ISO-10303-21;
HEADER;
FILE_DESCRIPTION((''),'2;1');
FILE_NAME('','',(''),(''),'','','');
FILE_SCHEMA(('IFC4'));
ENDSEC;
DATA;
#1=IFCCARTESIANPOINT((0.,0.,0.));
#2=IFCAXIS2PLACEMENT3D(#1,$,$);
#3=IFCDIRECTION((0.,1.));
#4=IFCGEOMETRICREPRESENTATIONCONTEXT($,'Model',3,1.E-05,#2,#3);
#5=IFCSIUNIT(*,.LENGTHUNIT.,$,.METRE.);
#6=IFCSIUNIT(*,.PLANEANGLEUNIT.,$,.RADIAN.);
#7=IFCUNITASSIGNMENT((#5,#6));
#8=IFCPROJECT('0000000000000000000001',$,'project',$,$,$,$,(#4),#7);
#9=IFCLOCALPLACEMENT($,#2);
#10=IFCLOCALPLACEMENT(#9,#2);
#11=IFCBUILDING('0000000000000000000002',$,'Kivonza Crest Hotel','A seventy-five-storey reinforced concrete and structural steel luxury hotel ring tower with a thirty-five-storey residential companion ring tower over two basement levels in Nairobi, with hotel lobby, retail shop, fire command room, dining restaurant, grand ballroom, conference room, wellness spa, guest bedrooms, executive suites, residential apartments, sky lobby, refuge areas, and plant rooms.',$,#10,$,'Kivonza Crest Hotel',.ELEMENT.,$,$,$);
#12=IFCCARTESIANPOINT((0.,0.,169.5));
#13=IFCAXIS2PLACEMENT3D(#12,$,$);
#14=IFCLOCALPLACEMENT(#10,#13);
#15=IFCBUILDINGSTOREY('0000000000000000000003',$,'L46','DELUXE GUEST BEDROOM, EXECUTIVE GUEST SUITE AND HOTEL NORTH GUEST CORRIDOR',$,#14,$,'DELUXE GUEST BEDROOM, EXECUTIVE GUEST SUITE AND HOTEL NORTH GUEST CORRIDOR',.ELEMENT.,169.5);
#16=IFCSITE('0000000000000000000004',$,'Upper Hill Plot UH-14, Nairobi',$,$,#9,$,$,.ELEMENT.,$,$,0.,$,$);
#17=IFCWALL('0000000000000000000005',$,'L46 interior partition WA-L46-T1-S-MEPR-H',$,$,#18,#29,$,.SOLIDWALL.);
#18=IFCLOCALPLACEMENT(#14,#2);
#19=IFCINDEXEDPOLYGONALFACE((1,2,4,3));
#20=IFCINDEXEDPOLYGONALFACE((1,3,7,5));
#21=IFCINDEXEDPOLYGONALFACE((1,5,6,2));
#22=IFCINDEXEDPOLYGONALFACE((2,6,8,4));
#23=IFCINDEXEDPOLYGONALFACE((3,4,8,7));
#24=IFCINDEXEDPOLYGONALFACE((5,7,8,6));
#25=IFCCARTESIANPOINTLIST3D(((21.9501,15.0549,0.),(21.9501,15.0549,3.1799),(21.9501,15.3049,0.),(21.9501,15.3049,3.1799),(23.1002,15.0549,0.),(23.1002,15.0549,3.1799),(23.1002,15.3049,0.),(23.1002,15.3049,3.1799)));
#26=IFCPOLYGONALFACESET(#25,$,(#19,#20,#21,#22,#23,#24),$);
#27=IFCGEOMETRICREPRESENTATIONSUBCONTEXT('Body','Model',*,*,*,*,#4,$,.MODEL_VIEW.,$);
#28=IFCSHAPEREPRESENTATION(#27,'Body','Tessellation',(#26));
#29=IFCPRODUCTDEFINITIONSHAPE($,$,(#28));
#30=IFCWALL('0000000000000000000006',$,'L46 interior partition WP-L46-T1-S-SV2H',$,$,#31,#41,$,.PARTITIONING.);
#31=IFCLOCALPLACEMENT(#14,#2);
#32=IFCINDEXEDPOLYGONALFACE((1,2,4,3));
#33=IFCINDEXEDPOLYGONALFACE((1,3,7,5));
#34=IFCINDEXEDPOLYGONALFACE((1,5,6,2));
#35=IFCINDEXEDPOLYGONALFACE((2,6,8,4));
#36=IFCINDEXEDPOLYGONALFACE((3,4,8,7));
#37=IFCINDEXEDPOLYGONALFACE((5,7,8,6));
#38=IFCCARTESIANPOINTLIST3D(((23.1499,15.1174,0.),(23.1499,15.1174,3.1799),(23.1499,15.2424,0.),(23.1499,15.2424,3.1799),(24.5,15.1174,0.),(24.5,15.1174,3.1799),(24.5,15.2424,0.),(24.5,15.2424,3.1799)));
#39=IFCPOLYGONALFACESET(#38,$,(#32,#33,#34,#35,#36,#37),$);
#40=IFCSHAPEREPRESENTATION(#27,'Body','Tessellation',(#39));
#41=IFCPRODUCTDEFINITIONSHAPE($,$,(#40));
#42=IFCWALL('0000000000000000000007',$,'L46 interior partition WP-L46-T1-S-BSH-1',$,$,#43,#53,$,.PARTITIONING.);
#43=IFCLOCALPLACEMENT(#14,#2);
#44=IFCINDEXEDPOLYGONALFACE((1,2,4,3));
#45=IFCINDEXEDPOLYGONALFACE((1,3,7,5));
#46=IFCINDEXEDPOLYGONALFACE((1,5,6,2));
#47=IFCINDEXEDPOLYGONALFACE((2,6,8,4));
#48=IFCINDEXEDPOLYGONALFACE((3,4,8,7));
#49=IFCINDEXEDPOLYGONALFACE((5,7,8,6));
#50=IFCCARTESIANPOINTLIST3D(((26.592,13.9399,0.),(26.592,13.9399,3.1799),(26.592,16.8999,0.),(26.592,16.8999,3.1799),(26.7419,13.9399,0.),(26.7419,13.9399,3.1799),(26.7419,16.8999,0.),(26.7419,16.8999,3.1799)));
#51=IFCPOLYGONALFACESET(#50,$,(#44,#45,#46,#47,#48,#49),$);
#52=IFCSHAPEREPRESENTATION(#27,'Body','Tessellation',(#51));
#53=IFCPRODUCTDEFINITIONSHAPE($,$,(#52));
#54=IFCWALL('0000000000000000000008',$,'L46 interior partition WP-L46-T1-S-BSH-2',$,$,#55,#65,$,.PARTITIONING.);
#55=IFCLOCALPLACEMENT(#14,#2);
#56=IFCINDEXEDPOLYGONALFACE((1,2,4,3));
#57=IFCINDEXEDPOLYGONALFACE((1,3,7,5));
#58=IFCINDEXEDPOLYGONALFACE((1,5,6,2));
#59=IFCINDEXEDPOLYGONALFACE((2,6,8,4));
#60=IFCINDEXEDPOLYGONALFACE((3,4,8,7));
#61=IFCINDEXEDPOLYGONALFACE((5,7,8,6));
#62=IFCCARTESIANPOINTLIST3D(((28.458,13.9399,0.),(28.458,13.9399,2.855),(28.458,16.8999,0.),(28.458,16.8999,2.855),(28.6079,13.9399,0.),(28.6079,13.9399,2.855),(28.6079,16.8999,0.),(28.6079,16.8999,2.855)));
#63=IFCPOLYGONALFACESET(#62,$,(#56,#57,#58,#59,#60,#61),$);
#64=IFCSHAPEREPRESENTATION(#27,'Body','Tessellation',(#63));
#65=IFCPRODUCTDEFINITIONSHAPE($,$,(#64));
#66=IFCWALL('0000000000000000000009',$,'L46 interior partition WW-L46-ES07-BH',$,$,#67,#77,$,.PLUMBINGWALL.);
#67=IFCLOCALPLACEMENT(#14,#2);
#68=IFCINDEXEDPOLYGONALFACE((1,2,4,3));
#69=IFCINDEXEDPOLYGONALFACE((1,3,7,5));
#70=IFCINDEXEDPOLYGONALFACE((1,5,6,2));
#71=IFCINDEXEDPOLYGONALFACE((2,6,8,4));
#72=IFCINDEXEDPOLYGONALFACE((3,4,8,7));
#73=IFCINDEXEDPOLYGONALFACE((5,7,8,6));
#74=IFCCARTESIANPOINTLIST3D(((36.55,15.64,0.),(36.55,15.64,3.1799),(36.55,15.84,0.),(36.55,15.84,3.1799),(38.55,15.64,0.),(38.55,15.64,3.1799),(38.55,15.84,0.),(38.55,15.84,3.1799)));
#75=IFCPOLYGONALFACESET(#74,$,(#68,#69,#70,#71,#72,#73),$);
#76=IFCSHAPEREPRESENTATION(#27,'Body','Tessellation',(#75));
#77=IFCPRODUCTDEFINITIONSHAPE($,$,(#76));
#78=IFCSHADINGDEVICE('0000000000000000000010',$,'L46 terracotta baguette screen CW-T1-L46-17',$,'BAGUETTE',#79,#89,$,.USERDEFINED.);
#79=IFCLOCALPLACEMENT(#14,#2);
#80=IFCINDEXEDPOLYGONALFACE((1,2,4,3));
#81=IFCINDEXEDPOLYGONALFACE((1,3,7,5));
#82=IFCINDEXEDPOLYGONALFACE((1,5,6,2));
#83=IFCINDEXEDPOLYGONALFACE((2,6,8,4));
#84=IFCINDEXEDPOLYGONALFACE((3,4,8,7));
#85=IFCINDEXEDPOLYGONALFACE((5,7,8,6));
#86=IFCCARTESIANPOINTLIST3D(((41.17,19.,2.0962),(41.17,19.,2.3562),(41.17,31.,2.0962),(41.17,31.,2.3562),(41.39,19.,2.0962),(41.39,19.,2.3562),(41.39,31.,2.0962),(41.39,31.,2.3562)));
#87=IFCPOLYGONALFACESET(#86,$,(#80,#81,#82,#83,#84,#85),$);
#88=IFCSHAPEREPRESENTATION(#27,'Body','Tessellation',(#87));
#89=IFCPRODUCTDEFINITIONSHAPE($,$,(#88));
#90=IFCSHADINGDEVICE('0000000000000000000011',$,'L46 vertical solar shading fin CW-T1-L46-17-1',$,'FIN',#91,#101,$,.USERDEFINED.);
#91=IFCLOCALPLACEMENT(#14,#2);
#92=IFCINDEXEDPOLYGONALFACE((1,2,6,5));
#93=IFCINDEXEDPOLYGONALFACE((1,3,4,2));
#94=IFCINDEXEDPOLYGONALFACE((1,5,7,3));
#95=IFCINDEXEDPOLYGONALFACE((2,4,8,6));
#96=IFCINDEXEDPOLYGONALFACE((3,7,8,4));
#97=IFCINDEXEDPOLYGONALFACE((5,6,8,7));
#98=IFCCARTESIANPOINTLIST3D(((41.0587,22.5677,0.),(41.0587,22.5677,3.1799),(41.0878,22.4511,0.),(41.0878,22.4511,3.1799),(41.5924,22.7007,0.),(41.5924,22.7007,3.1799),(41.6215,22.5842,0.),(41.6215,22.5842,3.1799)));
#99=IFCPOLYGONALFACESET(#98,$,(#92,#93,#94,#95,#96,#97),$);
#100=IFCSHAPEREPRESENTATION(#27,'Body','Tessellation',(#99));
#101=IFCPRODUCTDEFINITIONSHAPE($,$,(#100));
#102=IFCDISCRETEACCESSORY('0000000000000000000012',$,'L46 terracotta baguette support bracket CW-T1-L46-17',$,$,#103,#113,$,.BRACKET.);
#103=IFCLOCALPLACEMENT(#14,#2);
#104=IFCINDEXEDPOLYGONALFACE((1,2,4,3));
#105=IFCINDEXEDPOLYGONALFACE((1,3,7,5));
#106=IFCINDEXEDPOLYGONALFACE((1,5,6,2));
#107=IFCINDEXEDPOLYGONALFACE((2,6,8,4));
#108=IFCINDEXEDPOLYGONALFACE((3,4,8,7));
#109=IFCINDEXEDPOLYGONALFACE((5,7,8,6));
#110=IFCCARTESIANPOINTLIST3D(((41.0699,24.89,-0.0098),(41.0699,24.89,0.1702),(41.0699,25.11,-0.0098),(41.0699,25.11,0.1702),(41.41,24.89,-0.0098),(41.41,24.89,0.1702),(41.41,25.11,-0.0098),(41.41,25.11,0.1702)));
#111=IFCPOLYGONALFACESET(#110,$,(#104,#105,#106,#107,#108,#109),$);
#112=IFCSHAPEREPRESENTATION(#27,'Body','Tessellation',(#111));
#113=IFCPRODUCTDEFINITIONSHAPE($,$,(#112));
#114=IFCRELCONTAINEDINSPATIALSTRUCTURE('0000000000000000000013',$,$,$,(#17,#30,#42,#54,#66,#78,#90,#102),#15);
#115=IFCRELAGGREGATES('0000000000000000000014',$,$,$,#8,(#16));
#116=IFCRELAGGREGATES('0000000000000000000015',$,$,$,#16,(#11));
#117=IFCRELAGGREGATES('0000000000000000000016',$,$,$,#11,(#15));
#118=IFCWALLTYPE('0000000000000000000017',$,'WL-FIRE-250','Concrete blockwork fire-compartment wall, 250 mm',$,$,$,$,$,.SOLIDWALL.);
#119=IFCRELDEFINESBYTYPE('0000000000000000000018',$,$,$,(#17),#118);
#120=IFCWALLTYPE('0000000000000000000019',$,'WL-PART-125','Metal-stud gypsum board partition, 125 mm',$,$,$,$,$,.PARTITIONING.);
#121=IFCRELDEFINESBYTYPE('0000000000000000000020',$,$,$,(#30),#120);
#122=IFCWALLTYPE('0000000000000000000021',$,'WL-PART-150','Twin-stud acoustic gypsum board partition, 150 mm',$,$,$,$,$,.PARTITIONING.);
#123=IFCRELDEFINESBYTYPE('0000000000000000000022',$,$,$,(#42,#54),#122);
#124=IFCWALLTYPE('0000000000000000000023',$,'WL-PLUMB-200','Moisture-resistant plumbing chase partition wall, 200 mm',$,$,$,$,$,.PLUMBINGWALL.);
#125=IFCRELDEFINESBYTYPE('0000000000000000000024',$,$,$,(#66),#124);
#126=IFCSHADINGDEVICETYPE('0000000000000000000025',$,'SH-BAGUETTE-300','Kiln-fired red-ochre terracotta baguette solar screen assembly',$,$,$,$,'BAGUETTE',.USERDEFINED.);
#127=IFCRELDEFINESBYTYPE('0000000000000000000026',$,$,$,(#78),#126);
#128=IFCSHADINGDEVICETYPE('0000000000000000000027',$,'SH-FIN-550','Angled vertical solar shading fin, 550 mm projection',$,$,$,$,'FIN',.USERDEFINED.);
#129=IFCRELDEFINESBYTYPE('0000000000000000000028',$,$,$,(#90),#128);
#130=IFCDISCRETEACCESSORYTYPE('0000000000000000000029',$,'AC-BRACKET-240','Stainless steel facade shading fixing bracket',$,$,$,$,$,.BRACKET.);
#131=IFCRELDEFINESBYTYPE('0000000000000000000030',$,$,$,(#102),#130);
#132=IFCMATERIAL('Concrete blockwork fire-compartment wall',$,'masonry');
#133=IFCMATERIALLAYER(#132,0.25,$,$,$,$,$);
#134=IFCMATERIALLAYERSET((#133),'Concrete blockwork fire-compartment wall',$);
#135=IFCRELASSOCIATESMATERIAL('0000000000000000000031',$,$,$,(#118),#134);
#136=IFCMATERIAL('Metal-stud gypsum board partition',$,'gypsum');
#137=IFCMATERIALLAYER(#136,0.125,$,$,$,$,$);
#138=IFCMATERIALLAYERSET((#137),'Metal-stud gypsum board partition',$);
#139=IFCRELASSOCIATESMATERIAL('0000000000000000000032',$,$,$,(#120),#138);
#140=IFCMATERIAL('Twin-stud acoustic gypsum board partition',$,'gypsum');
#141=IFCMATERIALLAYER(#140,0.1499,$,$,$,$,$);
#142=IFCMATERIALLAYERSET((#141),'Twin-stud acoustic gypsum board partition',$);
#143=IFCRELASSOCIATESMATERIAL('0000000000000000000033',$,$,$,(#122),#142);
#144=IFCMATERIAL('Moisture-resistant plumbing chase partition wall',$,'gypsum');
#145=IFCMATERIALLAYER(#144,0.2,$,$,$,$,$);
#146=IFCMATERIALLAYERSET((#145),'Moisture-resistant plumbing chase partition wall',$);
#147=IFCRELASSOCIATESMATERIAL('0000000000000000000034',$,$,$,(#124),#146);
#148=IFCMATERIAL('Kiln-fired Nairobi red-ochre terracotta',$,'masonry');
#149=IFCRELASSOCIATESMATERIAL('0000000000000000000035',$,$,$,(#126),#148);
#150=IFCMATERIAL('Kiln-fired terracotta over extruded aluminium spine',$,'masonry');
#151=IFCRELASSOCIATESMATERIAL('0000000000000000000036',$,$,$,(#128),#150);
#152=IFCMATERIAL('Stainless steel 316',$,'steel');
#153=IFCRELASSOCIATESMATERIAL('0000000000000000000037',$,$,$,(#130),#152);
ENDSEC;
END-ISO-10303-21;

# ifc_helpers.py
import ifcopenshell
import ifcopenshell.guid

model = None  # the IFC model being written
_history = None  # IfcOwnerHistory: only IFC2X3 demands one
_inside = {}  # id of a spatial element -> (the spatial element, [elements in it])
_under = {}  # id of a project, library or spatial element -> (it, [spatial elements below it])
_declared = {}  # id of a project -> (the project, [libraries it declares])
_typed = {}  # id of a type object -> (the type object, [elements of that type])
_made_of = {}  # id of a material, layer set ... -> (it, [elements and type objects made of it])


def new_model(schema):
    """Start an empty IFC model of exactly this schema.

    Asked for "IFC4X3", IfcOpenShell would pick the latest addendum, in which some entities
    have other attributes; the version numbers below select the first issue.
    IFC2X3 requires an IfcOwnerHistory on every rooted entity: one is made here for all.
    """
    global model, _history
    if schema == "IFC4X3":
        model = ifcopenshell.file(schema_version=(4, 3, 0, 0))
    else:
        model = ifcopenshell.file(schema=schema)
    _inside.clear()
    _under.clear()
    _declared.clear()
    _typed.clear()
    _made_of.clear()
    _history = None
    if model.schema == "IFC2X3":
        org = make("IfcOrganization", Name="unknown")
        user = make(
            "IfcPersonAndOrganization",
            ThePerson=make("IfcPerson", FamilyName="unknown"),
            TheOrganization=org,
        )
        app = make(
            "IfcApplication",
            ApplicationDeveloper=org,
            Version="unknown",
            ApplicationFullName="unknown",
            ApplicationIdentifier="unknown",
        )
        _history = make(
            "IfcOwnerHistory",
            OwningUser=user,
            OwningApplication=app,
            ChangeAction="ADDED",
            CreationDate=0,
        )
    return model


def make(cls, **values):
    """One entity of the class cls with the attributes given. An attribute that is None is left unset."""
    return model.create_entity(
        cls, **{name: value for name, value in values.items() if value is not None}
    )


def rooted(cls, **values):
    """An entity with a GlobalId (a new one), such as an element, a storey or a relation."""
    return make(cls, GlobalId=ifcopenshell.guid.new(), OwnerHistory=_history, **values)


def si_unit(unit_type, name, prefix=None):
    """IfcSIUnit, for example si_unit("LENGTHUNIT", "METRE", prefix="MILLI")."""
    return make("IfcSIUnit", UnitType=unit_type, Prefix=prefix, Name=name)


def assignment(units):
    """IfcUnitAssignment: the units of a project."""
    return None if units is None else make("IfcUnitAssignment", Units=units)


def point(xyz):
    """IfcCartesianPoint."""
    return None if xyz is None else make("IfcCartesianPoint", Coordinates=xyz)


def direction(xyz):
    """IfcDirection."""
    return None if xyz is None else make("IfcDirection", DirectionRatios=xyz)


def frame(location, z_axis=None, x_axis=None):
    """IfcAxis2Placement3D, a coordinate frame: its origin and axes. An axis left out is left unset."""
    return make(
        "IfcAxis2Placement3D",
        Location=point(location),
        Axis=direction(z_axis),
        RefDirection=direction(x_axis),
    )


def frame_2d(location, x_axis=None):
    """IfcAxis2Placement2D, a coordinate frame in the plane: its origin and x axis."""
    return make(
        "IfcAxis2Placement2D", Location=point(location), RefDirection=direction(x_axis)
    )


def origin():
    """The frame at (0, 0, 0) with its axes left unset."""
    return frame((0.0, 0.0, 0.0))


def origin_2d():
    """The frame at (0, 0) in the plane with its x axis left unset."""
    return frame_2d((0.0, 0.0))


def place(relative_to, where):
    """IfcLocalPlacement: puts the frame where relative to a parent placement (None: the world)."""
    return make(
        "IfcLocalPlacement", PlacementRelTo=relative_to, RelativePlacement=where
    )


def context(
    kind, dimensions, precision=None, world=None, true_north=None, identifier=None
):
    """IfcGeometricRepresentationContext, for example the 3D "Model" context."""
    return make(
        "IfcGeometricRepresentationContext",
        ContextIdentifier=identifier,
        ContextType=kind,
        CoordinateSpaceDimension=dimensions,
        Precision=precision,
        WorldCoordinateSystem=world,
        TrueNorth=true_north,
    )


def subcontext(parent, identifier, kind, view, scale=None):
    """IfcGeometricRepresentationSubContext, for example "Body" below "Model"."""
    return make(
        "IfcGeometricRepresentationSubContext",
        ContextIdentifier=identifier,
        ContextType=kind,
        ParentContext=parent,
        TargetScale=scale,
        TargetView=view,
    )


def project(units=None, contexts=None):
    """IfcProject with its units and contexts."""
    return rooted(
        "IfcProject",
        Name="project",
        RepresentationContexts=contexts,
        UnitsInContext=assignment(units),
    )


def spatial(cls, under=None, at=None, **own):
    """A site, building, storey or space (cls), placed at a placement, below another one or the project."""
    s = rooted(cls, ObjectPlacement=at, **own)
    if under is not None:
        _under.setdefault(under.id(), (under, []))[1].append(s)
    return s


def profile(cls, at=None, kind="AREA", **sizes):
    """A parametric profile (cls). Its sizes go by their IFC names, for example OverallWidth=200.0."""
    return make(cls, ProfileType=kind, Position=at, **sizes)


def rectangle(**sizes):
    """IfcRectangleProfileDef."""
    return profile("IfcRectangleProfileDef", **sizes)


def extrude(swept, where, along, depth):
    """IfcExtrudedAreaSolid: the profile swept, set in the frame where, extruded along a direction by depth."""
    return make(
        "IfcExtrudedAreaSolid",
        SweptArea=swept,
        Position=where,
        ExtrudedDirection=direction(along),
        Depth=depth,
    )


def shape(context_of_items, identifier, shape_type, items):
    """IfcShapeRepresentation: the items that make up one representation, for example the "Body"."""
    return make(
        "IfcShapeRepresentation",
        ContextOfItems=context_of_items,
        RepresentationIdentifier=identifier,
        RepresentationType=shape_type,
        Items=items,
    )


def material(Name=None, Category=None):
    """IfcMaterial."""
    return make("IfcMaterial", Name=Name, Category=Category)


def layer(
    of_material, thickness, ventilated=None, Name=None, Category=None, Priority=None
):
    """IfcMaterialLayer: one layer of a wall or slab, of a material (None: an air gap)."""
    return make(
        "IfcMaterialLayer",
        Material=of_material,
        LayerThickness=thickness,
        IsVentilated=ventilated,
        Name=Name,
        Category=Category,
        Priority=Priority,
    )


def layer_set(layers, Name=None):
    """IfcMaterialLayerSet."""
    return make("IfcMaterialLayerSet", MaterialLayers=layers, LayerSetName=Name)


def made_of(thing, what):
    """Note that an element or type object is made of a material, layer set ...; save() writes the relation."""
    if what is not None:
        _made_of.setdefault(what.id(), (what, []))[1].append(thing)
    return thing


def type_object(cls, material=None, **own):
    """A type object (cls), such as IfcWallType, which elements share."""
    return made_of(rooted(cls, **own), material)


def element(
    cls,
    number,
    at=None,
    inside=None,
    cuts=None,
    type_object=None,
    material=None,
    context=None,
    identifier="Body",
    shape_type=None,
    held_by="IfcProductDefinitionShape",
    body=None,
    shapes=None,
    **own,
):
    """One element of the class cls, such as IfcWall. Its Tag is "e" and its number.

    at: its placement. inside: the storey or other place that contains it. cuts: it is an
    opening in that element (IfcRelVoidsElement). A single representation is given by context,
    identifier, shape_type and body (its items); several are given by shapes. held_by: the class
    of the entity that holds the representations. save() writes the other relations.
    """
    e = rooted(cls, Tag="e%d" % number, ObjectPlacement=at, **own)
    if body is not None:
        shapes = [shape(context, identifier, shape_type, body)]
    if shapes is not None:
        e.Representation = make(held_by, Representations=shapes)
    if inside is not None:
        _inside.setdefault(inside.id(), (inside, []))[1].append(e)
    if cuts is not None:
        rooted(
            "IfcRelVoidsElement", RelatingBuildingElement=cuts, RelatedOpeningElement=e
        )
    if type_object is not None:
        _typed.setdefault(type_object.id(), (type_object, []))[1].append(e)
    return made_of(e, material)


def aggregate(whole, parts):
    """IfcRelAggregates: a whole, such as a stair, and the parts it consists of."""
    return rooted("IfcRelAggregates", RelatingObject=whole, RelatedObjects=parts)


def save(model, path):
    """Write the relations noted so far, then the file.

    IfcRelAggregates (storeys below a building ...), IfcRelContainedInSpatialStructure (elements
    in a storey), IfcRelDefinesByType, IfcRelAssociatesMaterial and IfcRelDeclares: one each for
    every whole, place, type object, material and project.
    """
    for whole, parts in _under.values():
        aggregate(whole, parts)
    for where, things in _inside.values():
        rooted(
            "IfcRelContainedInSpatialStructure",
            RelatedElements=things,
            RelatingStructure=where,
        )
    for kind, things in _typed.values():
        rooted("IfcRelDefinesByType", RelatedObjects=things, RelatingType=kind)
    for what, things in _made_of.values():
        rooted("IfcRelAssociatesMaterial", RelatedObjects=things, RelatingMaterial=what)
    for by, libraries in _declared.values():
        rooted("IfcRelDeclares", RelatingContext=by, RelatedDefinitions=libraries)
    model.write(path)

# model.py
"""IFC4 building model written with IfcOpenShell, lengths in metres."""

from ifc_helpers import new_model, si_unit, direction, frame, frame_2d, origin, origin_2d, place, context, subcontext, project, spatial, rectangle, extrude, material, layer, layer_set, type_object, element, save


model = new_model("IFC4")

# Units and contexts
model_context = context("Model", 3, precision=1e-05, world=origin(), true_north=direction((0.0, 1.0)))
body_context = subcontext(model_context, "Body", "Model", "MODEL_VIEW")
ifc_project = project(units=[si_unit("LENGTHUNIT", "METRE"), si_unit("PLANEANGLEUNIT", "RADIAN")], contexts=[model_context])

# Site, building, storey
site_placement = place(None, origin())
site = spatial("IfcSite", under=ifc_project, at=site_placement, Name="Upper Hill Plot UH-14, Nairobi", CompositionType="ELEMENT", RefElevation=0.0)
building_placement = place(site_placement, origin())
building = spatial("IfcBuilding", under=site, at=building_placement, Name="Kivonza Crest Hotel", Description="A seventy-five-storey reinforced concrete and structural steel luxury hotel ring tower with a thirty-five-storey residential companion ring tower over two basement levels in Nairobi, with hotel lobby, retail shop, fire command room, dining restaurant, grand ballroom, conference room, wellness spa, guest bedrooms, executive suites, residential apartments, sky lobby, refuge areas, and plant rooms.", LongName="Kivonza Crest Hotel", CompositionType="ELEMENT")
storey_placement = place(building_placement, frame((0.0, 0.0, 169.5)))
storey = spatial("IfcBuildingStorey", under=building, at=storey_placement, Name="L46", Description="DELUXE GUEST BEDROOM, EXECUTIVE GUEST SUITE AND HOTEL NORTH GUEST CORRIDOR", LongName="DELUXE GUEST BEDROOM, EXECUTIVE GUEST SUITE AND HOTEL NORTH GUEST CORRIDOR", CompositionType="ELEMENT", Elevation=169.5)

# Walls
ifc_material_1 = material(Name="Concrete blockwork fire-compartment wall", Category="masonry")
ifc_layer_1 = layer(ifc_material_1, 0.25)
ifc_layer_set_1 = layer_set([ifc_layer_1], Name="Concrete blockwork fire-compartment wall")
wall_type_1 = type_object("IfcWallType", Name="WL-FIRE-250", Description="Concrete blockwork fire-compartment wall, 250 mm", PredefinedType="SOLIDWALL", material=ifc_layer_set_1)
wall_1_placement = place(storey_placement, frame((21.95, 15.1799, 0.0), z_axis=(0.0, 0.0, 1.0), x_axis=(1.0, 0.0, 0.0)))
element("IfcWall", 1, at=wall_1_placement, inside=storey, type_object=wall_type_1, Name="L46 interior partition WA-L46-T1-S-MEPR-H", PredefinedType="SOLIDWALL", context=body_context, shape_type="SweptSolid", body=[
    extrude(rectangle(XDim=1.1501, YDim=0.25, at=frame_2d((0.5752, 0.0))), origin(), (0.0, 0.0, 1.0), 3.1799),
])
ifc_material_2 = material(Name="Metal-stud gypsum board partition", Category="gypsum")
ifc_layer_2 = layer(ifc_material_2, 0.125)
ifc_layer_set_2 = layer_set([ifc_layer_2], Name="Metal-stud gypsum board partition")
wall_type_2 = type_object("IfcWallType", Name="WL-PART-125", Description="Metal-stud gypsum board partition, 125 mm", PredefinedType="PARTITIONING", material=ifc_layer_set_2)
wall_2_placement = place(storey_placement, frame((23.1499, 15.1799, 0.0), z_axis=(0.0, 0.0, 1.0), x_axis=(1.0, 0.0, 0.0)))
element("IfcWall", 2, at=wall_2_placement, inside=storey, type_object=wall_type_2, Name="L46 interior partition WP-L46-T1-S-SV2H", PredefinedType="PARTITIONING", context=body_context, shape_type="SweptSolid", body=[
    extrude(rectangle(XDim=1.3501, YDim=0.125, at=frame_2d((0.675, 0.0))), origin(), (0.0, 0.0, 1.0), 3.1799),
])
ifc_material_3 = material(Name="Twin-stud acoustic gypsum board partition", Category="gypsum")
ifc_layer_3 = layer(ifc_material_3, 0.1499)
ifc_layer_set_3 = layer_set([ifc_layer_3], Name="Twin-stud acoustic gypsum board partition")
wall_type_3 = type_object("IfcWallType", Name="WL-PART-150", Description="Twin-stud acoustic gypsum board partition, 150 mm", PredefinedType="PARTITIONING", material=ifc_layer_set_3)
wall_3_placement = place(storey_placement, frame((26.667, 13.9399, 0.0), z_axis=(0.0, 0.0, 1.0), x_axis=(0.0, 1.0, 0.0)))
element("IfcWall", 3, at=wall_3_placement, inside=storey, type_object=wall_type_3, Name="L46 interior partition WP-L46-T1-S-BSH-1", PredefinedType="PARTITIONING", context=body_context, shape_type="SweptSolid", body=[
    extrude(rectangle(XDim=2.96, YDim=0.1499, at=frame_2d((1.48, 0.0))), origin(), (0.0, 0.0, 1.0), 3.1799),
])
wall_4_placement = place(storey_placement, frame((28.533, 13.9399, 0.0), z_axis=(0.0, 0.0, 1.0), x_axis=(0.0, 1.0, 0.0)))
element("IfcWall", 4, at=wall_4_placement, inside=storey, type_object=wall_type_3, Name="L46 interior partition WP-L46-T1-S-BSH-2", PredefinedType="PARTITIONING", context=body_context, shape_type="SweptSolid", body=[
    extrude(rectangle(XDim=2.96, YDim=0.1499, at=frame_2d((1.48, 0.0))), origin(), (0.0, 0.0, 1.0), 2.855),
])
ifc_material_4 = material(Name="Moisture-resistant plumbing chase partition wall", Category="gypsum")
ifc_layer_4 = layer(ifc_material_4, 0.2)
ifc_layer_set_4 = layer_set([ifc_layer_4], Name="Moisture-resistant plumbing chase partition wall")
wall_type_4 = type_object("IfcWallType", Name="WL-PLUMB-200", Description="Moisture-resistant plumbing chase partition wall, 200 mm", PredefinedType="PLUMBINGWALL", material=ifc_layer_set_4)
wall_5_placement = place(storey_placement, frame((36.55, 15.74, 0.0), z_axis=(0.0, 0.0, 1.0), x_axis=(1.0, 0.0, 0.0)))
element("IfcWall", 5, at=wall_5_placement, inside=storey, type_object=wall_type_4, Name="L46 interior partition WW-L46-ES07-BH", PredefinedType="PLUMBINGWALL", context=body_context, shape_type="SweptSolid", body=[
    extrude(rectangle(XDim=2.0, YDim=0.2, at=frame_2d((1.0, 0.0))), origin(), (0.0, 0.0, 1.0), 3.1799),
])

# Shading devices
ifc_material_5 = material(Name="Kiln-fired Nairobi red-ochre terracotta", Category="masonry")
shading_device_type_1 = type_object("IfcShadingDeviceType", Name="SH-BAGUETTE-300", Description="Kiln-fired red-ochre terracotta baguette solar screen assembly", ElementType="BAGUETTE", PredefinedType="USERDEFINED", material=ifc_material_5)
shading_device_1_placement = place(storey_placement, frame((41.28, 25.0, 2.0962), z_axis=(0.0, 0.0, 1.0), x_axis=(0.0, 1.0, 0.0)))
element("IfcShadingDevice", 6, at=shading_device_1_placement, inside=storey, type_object=shading_device_type_1, Name="L46 terracotta baguette screen CW-T1-L46-17", ObjectType="BAGUETTE", PredefinedType="USERDEFINED", context=body_context, shape_type="SweptSolid", body=[
    extrude(rectangle(XDim=12.0, YDim=0.22, at=origin_2d()), origin(), (0.0, 0.0, 1.0), 0.26),
])
ifc_material_6 = material(Name="Kiln-fired terracotta over extruded aluminium spine", Category="masonry")
shading_device_type_2 = type_object("IfcShadingDeviceType", Name="SH-FIN-550", Description="Angled vertical solar shading fin, 550 mm projection", ElementType="FIN", PredefinedType="USERDEFINED", material=ifc_material_6)
shading_device_2_placement = place(storey_placement, frame((41.3401, 22.5759, 0.0), z_axis=(0.0, 0.0, 1.0), x_axis=(-0.241922, 0.970296, 0.0)))
element("IfcShadingDevice", 7, at=shading_device_2_placement, inside=storey, type_object=shading_device_type_2, Name="L46 vertical solar shading fin CW-T1-L46-17-1", ObjectType="FIN", PredefinedType="USERDEFINED", context=body_context, shape_type="SweptSolid", body=[
    extrude(rectangle(XDim=0.1201, YDim=0.55, at=origin_2d()), origin(), (0.0, 0.0, 1.0), 3.1799),
])

# Discrete accessory
ifc_material_7 = material(Name="Stainless steel 316", Category="steel")
discrete_accessory_type = type_object("IfcDiscreteAccessoryType", Name="AC-BRACKET-240", Description="Stainless steel facade shading fixing bracket", PredefinedType="BRACKET", material=ifc_material_7)
discrete_accessory_placement = place(storey_placement, frame((41.24, 25.0, -0.0098), z_axis=(0.0, 0.0, 1.0), x_axis=(0.0, 1.0, 0.0)))
element("IfcDiscreteAccessory", 8, at=discrete_accessory_placement, inside=storey, type_object=discrete_accessory_type, Name="L46 terracotta baguette support bracket CW-T1-L46-17", PredefinedType="BRACKET", context=body_context, shape_type="SweptSolid", body=[
    extrude(rectangle(XDim=0.22, YDim=0.3401, at=origin_2d()), origin(), (0.0, 0.0, 1.0), 0.1799),
])

save(model, "model.ifc")
